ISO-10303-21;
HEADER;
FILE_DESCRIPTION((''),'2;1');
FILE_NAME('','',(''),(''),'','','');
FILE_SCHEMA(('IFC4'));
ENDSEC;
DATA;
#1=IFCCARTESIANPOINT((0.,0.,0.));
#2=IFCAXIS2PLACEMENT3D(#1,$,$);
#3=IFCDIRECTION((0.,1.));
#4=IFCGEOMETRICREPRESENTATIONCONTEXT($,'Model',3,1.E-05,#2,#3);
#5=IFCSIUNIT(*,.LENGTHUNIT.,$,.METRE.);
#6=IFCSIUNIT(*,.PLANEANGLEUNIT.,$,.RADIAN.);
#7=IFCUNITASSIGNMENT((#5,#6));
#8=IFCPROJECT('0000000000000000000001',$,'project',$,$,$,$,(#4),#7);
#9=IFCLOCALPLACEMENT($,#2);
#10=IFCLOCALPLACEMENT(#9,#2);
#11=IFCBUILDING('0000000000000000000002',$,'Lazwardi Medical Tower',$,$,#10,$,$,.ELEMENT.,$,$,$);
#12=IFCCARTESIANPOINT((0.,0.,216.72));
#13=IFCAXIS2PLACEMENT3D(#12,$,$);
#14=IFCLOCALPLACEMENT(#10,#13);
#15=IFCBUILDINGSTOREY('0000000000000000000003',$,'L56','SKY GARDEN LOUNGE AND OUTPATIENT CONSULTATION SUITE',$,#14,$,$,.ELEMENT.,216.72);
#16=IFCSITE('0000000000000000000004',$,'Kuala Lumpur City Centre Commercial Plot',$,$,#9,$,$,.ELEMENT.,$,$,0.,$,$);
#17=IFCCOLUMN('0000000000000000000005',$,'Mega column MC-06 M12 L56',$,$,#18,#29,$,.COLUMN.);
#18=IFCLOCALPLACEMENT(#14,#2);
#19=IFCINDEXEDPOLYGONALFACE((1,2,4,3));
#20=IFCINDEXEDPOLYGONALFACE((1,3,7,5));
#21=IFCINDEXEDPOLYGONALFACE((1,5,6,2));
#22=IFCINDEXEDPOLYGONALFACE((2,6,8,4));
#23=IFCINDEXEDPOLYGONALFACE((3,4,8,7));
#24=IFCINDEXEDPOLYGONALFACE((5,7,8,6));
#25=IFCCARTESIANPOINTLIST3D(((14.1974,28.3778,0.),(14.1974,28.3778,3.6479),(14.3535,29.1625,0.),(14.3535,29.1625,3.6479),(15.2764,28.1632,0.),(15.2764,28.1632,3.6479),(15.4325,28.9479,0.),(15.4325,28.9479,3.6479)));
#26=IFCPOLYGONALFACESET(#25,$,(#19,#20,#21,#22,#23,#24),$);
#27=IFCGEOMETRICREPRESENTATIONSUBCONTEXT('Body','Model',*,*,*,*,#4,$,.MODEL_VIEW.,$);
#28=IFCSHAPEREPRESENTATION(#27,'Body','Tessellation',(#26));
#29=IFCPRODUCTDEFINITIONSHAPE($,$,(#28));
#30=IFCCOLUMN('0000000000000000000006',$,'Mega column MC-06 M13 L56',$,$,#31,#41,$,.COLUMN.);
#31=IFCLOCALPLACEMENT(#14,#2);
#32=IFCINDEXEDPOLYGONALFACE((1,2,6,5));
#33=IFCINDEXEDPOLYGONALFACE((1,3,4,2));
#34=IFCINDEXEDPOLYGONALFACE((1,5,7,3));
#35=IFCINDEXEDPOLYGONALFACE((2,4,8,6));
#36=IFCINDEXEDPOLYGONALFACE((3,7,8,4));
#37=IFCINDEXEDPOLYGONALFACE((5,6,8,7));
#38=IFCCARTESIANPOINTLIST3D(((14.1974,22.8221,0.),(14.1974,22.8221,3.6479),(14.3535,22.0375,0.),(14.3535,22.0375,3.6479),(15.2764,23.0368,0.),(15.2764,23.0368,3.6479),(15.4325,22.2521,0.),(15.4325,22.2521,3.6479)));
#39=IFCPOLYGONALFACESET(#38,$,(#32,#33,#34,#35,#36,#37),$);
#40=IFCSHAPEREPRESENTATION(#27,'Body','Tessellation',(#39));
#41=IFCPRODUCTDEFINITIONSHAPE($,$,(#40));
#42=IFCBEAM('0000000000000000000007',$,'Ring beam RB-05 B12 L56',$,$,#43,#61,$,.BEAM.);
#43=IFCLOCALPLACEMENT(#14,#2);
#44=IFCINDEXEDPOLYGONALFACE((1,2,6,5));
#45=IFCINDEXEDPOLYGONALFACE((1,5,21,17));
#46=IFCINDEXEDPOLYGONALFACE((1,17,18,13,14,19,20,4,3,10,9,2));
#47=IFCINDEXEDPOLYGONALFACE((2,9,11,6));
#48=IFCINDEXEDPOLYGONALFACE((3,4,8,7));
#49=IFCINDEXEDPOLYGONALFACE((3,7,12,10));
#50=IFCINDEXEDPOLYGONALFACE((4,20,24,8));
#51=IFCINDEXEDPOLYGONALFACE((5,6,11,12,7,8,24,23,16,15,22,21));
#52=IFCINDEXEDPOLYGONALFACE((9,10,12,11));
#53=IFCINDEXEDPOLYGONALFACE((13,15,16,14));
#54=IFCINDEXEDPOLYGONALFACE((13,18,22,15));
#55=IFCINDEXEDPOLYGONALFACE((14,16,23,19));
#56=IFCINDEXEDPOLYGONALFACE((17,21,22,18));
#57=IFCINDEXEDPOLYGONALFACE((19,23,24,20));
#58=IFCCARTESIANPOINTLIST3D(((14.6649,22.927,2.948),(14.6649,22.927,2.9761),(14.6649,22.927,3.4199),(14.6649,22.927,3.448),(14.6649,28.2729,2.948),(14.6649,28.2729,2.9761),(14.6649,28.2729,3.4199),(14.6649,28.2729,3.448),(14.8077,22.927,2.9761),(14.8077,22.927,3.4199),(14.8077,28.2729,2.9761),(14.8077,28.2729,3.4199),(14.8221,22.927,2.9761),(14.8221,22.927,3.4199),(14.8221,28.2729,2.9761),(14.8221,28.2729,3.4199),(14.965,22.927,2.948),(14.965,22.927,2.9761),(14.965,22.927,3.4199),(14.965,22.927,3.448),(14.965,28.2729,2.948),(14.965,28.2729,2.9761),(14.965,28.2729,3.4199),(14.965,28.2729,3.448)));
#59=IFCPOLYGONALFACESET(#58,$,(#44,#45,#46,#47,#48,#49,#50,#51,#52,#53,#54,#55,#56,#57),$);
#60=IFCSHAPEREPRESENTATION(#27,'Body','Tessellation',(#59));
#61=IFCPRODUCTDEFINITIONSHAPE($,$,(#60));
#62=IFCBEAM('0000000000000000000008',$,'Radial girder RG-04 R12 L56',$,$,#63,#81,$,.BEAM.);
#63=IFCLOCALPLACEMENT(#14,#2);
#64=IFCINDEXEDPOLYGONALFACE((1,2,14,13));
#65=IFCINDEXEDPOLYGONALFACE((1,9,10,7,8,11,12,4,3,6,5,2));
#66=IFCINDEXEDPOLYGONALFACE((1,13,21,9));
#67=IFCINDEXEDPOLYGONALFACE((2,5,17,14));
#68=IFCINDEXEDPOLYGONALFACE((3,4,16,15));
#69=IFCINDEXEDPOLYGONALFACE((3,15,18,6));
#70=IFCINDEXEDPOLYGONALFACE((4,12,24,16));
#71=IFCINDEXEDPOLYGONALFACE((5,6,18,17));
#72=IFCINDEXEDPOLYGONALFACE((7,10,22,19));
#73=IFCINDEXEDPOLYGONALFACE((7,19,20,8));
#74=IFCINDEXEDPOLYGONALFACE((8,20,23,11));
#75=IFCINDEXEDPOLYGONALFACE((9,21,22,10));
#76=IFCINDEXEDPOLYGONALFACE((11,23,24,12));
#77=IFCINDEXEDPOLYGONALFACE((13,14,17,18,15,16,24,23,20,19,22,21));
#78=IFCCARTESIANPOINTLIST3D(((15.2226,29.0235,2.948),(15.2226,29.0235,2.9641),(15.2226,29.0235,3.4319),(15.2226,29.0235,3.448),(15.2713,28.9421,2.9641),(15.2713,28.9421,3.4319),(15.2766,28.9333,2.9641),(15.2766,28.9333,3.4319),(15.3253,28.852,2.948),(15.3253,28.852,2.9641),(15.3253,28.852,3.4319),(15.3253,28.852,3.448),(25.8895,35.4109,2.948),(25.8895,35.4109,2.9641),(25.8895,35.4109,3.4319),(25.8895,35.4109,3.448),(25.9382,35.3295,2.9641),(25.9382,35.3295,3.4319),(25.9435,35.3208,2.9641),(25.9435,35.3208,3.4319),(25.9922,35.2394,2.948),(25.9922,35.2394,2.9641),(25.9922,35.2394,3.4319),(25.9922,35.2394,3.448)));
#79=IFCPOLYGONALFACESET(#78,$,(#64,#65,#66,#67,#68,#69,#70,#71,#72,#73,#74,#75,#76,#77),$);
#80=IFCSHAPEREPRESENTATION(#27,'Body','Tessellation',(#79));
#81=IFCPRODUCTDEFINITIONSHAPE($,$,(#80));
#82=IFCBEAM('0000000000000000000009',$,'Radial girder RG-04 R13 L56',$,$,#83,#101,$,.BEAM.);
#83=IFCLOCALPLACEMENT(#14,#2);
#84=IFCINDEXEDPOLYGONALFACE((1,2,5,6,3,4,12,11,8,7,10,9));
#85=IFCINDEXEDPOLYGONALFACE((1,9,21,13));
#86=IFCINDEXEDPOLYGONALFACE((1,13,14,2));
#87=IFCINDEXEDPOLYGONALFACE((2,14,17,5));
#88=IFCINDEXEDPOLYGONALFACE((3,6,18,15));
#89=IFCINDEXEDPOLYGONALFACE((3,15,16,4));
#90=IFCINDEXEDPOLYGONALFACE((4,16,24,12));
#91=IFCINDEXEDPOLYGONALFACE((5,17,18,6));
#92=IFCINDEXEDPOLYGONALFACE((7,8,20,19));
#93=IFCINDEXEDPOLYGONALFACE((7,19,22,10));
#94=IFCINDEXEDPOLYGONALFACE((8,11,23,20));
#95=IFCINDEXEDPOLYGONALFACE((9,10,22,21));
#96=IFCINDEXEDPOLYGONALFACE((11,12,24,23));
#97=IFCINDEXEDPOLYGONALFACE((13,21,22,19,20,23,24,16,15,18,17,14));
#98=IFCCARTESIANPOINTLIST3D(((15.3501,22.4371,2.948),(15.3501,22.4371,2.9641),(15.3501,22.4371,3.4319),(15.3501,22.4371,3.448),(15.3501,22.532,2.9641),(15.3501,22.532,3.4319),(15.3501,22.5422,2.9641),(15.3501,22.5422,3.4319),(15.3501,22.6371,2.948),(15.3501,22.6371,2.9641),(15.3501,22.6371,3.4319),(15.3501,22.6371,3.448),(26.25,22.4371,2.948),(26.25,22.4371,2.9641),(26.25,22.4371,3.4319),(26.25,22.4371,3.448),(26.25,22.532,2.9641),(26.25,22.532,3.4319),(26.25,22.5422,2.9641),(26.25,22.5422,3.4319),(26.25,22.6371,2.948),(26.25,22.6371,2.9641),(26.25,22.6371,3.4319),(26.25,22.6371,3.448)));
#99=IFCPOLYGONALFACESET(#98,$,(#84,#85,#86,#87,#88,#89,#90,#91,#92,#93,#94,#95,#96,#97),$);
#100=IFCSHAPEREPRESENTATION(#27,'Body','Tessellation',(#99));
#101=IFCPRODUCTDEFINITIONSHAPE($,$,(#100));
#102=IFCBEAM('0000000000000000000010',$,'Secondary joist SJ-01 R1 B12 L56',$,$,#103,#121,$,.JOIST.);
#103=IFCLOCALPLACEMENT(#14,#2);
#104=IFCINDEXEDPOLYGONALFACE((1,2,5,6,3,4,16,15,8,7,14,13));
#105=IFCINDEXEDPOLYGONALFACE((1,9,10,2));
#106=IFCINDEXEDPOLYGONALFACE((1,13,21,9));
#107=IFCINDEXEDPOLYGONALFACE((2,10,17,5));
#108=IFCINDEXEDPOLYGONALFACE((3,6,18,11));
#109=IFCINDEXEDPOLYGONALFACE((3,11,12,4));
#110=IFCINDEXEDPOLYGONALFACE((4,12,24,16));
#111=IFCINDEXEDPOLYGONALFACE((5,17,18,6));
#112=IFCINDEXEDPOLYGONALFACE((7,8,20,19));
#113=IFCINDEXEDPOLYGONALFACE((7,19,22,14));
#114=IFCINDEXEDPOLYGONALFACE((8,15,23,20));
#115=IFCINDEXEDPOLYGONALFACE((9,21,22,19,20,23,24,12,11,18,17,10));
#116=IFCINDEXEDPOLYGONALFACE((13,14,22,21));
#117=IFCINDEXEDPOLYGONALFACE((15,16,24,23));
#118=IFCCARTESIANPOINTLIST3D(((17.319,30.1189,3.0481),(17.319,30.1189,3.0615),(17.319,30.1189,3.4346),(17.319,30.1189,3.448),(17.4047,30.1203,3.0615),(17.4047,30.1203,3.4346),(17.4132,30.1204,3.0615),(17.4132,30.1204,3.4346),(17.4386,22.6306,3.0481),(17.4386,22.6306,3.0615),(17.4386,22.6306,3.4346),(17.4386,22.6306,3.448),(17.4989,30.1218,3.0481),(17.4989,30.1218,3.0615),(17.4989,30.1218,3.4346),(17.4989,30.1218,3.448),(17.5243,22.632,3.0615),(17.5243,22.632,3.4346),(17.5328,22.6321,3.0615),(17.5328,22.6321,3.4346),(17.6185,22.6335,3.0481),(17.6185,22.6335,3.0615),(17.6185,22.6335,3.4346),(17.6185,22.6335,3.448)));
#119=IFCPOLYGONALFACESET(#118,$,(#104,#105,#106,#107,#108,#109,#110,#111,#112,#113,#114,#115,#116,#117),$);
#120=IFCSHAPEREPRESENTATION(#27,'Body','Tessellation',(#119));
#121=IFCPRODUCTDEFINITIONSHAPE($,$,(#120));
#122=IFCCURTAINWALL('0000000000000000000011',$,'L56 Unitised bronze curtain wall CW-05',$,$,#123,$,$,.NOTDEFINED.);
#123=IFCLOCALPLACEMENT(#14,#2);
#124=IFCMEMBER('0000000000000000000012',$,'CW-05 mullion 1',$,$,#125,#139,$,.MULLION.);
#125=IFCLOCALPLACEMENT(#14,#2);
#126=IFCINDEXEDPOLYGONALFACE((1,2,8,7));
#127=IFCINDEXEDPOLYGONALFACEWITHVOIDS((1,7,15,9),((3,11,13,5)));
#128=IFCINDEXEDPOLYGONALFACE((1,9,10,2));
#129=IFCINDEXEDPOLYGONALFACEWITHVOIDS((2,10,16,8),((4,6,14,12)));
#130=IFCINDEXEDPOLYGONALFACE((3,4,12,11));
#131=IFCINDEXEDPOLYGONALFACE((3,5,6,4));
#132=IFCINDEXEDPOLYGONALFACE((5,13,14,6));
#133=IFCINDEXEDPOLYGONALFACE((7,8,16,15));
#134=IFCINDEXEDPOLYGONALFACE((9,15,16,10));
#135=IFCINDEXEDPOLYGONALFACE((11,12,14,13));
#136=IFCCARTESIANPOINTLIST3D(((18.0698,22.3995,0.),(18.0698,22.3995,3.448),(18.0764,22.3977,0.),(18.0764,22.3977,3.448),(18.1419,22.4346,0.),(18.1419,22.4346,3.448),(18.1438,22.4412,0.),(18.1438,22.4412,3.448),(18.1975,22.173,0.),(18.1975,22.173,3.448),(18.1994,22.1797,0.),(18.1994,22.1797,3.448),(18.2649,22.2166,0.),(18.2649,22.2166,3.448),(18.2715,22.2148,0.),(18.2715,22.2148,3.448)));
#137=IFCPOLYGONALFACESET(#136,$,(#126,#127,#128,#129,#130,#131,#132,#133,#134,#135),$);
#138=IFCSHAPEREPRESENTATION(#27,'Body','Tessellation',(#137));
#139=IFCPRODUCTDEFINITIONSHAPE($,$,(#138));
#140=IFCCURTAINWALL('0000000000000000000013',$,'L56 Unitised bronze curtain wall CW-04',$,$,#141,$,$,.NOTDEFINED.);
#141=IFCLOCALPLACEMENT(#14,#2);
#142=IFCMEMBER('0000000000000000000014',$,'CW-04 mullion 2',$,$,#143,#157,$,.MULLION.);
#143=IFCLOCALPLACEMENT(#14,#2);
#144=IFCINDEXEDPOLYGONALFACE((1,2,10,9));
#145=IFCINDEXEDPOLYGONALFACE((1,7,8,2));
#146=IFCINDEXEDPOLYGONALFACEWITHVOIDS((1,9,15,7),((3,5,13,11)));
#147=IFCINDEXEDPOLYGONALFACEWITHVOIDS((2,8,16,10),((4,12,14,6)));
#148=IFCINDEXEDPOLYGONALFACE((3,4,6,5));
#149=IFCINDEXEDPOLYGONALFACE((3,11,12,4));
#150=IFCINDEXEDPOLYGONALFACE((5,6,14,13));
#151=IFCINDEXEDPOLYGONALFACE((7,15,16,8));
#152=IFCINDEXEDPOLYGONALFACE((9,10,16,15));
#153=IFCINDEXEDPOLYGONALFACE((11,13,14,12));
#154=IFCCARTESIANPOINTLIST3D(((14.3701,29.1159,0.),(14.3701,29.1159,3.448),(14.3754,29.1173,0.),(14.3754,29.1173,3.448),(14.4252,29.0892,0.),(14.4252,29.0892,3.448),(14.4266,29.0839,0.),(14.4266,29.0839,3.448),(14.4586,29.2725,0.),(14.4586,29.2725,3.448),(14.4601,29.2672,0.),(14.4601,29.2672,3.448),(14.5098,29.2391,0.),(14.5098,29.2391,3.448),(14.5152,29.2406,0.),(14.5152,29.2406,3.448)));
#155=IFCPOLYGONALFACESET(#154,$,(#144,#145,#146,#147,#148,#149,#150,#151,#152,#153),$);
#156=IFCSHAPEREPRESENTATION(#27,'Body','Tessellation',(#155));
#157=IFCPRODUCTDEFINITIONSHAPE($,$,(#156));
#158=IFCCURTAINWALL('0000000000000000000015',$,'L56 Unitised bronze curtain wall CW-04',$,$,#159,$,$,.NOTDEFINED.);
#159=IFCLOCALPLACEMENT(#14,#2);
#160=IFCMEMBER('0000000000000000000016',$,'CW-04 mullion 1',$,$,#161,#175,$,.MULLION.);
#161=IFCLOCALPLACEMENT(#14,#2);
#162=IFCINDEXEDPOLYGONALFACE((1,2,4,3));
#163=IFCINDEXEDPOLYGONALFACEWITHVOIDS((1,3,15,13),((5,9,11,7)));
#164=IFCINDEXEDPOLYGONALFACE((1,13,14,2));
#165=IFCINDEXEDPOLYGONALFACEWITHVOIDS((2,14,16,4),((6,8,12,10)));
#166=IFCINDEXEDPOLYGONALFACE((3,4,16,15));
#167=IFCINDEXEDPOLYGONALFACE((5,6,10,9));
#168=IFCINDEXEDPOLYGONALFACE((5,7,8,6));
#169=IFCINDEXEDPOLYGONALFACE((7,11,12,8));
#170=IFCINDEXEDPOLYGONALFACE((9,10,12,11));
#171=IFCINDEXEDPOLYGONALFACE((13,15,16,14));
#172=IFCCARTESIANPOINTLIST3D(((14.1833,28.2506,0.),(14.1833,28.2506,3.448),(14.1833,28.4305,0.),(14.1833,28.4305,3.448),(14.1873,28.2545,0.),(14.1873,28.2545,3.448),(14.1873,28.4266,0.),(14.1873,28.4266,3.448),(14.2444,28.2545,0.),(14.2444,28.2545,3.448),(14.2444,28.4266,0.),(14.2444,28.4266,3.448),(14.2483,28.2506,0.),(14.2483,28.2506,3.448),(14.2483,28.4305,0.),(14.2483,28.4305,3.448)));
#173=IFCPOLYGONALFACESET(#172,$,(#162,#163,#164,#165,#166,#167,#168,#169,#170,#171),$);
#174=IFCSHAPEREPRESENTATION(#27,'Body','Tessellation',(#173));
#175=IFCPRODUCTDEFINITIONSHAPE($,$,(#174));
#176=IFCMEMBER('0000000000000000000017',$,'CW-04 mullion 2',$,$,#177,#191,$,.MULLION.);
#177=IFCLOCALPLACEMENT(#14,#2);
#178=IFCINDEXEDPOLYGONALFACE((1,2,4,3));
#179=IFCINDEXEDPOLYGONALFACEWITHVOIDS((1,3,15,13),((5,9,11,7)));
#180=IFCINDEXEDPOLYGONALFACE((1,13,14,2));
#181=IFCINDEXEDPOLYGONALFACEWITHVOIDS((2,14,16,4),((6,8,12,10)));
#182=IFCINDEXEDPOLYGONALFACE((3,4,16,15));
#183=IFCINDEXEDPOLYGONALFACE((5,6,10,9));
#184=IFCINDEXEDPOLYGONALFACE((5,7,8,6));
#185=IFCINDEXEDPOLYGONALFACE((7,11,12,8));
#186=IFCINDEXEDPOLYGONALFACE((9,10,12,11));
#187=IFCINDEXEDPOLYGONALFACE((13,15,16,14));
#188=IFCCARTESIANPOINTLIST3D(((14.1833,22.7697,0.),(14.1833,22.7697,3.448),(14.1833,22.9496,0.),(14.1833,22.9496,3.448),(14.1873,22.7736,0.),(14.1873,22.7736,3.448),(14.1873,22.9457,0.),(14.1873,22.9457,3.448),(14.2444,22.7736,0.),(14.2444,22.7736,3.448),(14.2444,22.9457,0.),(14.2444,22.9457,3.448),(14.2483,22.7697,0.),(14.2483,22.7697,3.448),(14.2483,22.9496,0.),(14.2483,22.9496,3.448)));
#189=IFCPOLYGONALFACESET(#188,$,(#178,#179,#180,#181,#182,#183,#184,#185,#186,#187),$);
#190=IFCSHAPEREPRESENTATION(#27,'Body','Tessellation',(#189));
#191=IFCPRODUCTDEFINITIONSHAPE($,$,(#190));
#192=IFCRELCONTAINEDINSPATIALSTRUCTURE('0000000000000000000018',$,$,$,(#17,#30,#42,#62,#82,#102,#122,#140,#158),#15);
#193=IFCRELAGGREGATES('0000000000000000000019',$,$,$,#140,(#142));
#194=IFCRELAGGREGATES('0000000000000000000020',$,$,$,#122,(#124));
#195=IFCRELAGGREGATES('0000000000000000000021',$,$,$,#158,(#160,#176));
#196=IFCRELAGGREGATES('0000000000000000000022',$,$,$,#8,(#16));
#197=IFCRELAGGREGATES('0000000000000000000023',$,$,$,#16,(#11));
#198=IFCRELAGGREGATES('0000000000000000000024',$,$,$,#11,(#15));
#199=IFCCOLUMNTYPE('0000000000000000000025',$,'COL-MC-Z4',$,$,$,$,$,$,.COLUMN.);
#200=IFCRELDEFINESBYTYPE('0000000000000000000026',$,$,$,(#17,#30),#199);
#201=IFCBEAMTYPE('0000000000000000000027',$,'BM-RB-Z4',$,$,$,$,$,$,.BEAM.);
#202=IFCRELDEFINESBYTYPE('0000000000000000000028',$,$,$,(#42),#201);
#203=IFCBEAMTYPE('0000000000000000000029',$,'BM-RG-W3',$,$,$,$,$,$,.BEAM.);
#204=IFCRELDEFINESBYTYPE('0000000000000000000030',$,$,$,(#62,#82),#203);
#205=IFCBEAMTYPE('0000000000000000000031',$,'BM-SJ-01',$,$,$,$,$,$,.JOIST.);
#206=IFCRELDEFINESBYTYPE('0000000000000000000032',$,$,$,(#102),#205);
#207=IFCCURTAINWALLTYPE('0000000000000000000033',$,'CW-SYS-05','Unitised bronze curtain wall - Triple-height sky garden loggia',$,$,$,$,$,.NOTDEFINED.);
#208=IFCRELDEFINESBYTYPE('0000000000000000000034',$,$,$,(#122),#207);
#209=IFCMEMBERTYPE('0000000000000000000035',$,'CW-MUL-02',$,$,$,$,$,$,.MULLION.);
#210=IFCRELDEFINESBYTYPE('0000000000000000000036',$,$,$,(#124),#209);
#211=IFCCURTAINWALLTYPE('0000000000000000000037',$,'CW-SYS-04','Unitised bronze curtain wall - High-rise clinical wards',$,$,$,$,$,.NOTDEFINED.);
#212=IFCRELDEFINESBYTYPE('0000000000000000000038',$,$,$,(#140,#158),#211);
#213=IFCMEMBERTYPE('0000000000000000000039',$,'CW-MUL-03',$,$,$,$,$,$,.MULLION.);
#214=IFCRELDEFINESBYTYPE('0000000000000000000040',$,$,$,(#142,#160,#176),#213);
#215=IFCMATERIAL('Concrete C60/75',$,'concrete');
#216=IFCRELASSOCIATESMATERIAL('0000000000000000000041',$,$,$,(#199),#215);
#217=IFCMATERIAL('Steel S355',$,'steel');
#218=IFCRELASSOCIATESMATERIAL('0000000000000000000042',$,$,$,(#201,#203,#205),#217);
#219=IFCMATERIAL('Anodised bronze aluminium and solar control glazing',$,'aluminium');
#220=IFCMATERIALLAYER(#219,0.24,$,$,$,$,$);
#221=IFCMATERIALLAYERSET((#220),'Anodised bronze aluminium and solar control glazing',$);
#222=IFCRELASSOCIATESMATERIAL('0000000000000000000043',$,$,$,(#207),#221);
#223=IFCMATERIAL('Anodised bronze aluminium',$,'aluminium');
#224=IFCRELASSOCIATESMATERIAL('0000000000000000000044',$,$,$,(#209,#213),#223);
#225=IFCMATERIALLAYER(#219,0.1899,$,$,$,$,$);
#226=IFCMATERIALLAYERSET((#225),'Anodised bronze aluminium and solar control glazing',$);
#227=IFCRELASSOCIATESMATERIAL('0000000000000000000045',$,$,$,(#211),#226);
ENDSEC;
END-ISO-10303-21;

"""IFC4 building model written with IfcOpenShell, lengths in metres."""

from ifc_helpers import new_model, si_unit, direction, frame, origin, origin_2d, place, context, subcontext, project, spatial, rectangle, hollow_rectangle, i_section, extrude, material, layer, layer_set, material_profile, profile_set, type_object, element, aggregate, save


model = new_model("IFC4")

# Units and contexts
model_context = context("Model", 3, precision=1e-05, world=origin(), true_north=direction((0.0, 1.0)))
body_context = subcontext(model_context, "Body", "Model", "MODEL_VIEW")
ifc_project = project(units=[si_unit("LENGTHUNIT", "METRE"), si_unit("PLANEANGLEUNIT", "RADIAN")], contexts=[model_context])

# Site, building, storey
site_placement = place(None, origin())
site = spatial("IfcSite", under=ifc_project, at=site_placement, Name="Kuala Lumpur City Centre Commercial Plot", CompositionType="ELEMENT", RefElevation=0.0)
building_placement = place(site_placement, origin())
building = spatial("IfcBuilding", under=site, at=building_placement, Name="Lazwardi Medical Tower", CompositionType="ELEMENT")
storey_placement = place(building_placement, frame((0.0, 0.0, 216.72)))
storey = spatial("IfcBuildingStorey", under=building, at=storey_placement, Name="L56", Description="SKY GARDEN LOUNGE AND OUTPATIENT CONSULTATION SUITE", CompositionType="ELEMENT", Elevation=216.72)

# Columns
ifc_material_1 = material(Name="Concrete C60/75", Category="concrete")
ifc_material_profile_1 = material_profile(ifc_material_1, rectangle(XDim=1.1001, YDim=0.8, at=origin_2d()), Name="CFT-RECT 1100x800")
ifc_profile_set_1 = profile_set([ifc_material_profile_1], Name="Concrete C60/75")
column_type = type_object("IfcColumnType", Name="COL-MC-Z4", PredefinedType="COLUMN", material=ifc_profile_set_1)
for number, where, z_axis, x_axis, name in (
    (1, (14.8149, 28.6628, 0.0), (0.0, 0.0, 1.0), (-0.980785, 0.19509, 0.0), "Mega column MC-06 M12 L56"),
    (2, (14.8149, 22.5371, 0.0), (0.0, 0.0, 1.0), (-0.980785, -0.19509, 0.0), "Mega column MC-06 M13 L56"),
):
    element("IfcColumn", number, at=place(storey_placement, frame(where, z_axis=z_axis, x_axis=x_axis)), inside=storey, type_object=column_type, Name=name, PredefinedType="COLUMN", context=body_context, shape_type="SweptSolid", body=[
        extrude(rectangle(XDim=1.1001, YDim=0.8, at=origin_2d()), origin(), (0.0, 0.0, 1.0), 3.6479),
    ])

# Beams
ifc_material_2 = material(Name="Steel S355", Category="steel")
ifc_material_profile_2 = material_profile(ifc_material_2, i_section(OverallWidth=0.3, OverallDepth=0.5, WebThickness=0.0144, FlangeThickness=0.0281, at=origin_2d()), Name="HEB 500")
ifc_profile_set_2 = profile_set([ifc_material_profile_2], Name="Steel S355")
beam_type_1 = type_object("IfcBeamType", Name="BM-RB-Z4", PredefinedType="BEAM", material=ifc_profile_set_2)
beam_1_placement = place(storey_placement, frame((14.8149, 28.2729, 3.198), z_axis=(0.0, -1.0, 0.0), x_axis=(1.0, 0.0, 0.0)))
element("IfcBeam", 3, at=beam_1_placement, inside=storey, type_object=beam_type_1, Name="Ring beam RB-05 B12 L56", PredefinedType="BEAM", context=body_context, shape_type="SweptSolid", body=[
    extrude(i_section(OverallWidth=0.3, OverallDepth=0.5, WebThickness=0.0144, FlangeThickness=0.0281, at=origin_2d()), origin(), (0.0, 0.0, 1.0), 5.3459),
])
ifc_material_profile_3 = material_profile(ifc_material_2, i_section(OverallWidth=0.2, OverallDepth=0.5, WebThickness=0.0103, FlangeThickness=0.0161, at=origin_2d()), Name="IPE 500")
ifc_profile_set_3 = profile_set([ifc_material_profile_3], Name="Steel S355")
beam_type_2 = type_object("IfcBeamType", Name="BM-RG-W3", PredefinedType="BEAM", material=ifc_profile_set_3)
beam_2_placement = place(storey_placement, frame((15.2739, 28.9377, 3.198), z_axis=(0.857945, 0.513742, 0.0), x_axis=(-0.513742, 0.857945, 0.0)))
element("IfcBeam", 4, at=beam_2_placement, inside=storey, type_object=beam_type_2, Name="Radial girder RG-04 R12 L56", PredefinedType="BEAM", context=body_context, shape_type="SweptSolid", body=[
    extrude(i_section(OverallWidth=0.2, OverallDepth=0.5, WebThickness=0.0103, FlangeThickness=0.0161, at=origin_2d()), origin(), (0.0, 0.0, 1.0), 12.4331),
])
beam_3_placement = place(storey_placement, frame((15.3501, 22.5371, 3.198), z_axis=(1.0, 0.0, 0.0), x_axis=(0.0, 1.0, 0.0)))
element("IfcBeam", 5, at=beam_3_placement, inside=storey, type_object=beam_type_2, Name="Radial girder RG-04 R13 L56", PredefinedType="BEAM", context=body_context, shape_type="SweptSolid", body=[
    extrude(i_section(OverallWidth=0.2, OverallDepth=0.5, WebThickness=0.0103, FlangeThickness=0.0161, at=origin_2d()), origin(), (0.0, 0.0, 1.0), 10.8999),
])
ifc_material_profile_4 = material_profile(ifc_material_2, i_section(OverallWidth=0.1799, OverallDepth=0.3999, WebThickness=0.0085, FlangeThickness=0.0134, at=origin_2d()), Name="IPE 400")
ifc_profile_set_4 = profile_set([ifc_material_profile_4], Name="Steel S355")
beam_type_3 = type_object("IfcBeamType", Name="BM-SJ-01", PredefinedType="JOIST", material=ifc_profile_set_4)
beam_4_placement = place(storey_placement, frame((17.4089, 30.1204, 3.248), z_axis=(0.015973, -0.999872, 0.0), x_axis=(0.999872, 0.015973, 0.0)))
element("IfcBeam", 6, at=beam_4_placement, inside=storey, type_object=beam_type_3, Name="Secondary joist SJ-01 R1 B12 L56", PredefinedType="JOIST", context=body_context, shape_type="SweptSolid", body=[
    extrude(i_section(OverallWidth=0.1799, OverallDepth=0.3999, WebThickness=0.0085, FlangeThickness=0.0134, at=origin_2d()), origin(), (0.0, 0.0, 1.0), 7.4893),
])

# Curtain walls, members
ifc_material_3 = material(Name="Anodised bronze aluminium and solar control glazing", Category="aluminium")
ifc_layer_1 = layer(ifc_material_3, 0.24)
ifc_layer_set_1 = layer_set([ifc_layer_1], Name="Anodised bronze aluminium and solar control glazing")
curtain_wall_type_1 = type_object("IfcCurtainWallType", Name="CW-SYS-05", Description="Unitised bronze curtain wall - Triple-height sky garden loggia", PredefinedType="NOTDEFINED", material=ifc_layer_set_1)
curtain_wall_1_placement = place(storey_placement, origin())
curtain_wall_1 = element("IfcCurtainWall", 7, at=curtain_wall_1_placement, inside=storey, type_object=curtain_wall_type_1, Name="L56 Unitised bronze curtain wall CW-05", PredefinedType="NOTDEFINED")
ifc_material_4 = material(Name="Anodised bronze aluminium", Category="aluminium")
ifc_material_profile_5 = material_profile(ifc_material_4, hollow_rectangle(XDim=0.085, YDim=0.26, WallThickness=0.0049, at=origin_2d()), Name="ALU-MULLION 260x85x5")
ifc_profile_set_5 = profile_set([ifc_material_profile_5], Name="Anodised bronze aluminium")
member_type_1 = type_object("IfcMemberType", Name="CW-MUL-02", PredefinedType="MULLION", material=ifc_profile_set_5)
member_1_placement = place(storey_placement, frame((18.1707, 22.3071, 0.0), z_axis=(0.0, 0.0, 1.0), x_axis=(0.871061, 0.491176, 0.0)))
member_1 = element("IfcMember", 8, at=member_1_placement, type_object=member_type_1, Name="CW-05 mullion 1", PredefinedType="MULLION", context=body_context, shape_type="SweptSolid", body=[
    extrude(hollow_rectangle(XDim=0.085, YDim=0.26, WallThickness=0.0049, at=origin_2d()), origin(), (0.0, 0.0, 1.0), 3.448),
])
ifc_layer_2 = layer(ifc_material_3, 0.1899)
ifc_layer_set_2 = layer_set([ifc_layer_2], Name="Anodised bronze aluminium and solar control glazing")
curtain_wall_type_2 = type_object("IfcCurtainWallType", Name="CW-SYS-04", Description="Unitised bronze curtain wall - High-rise clinical wards", PredefinedType="NOTDEFINED", material=ifc_layer_set_2)
curtain_wall_2_placement = place(storey_placement, origin())
curtain_wall_2 = element("IfcCurtainWall", 9, at=curtain_wall_2_placement, inside=storey, type_object=curtain_wall_type_2, Name="L56 Unitised bronze curtain wall CW-04", PredefinedType="NOTDEFINED")
ifc_material_profile_6 = material_profile(ifc_material_4, hollow_rectangle(XDim=0.0649, YDim=0.1799, WallThickness=0.0039, at=origin_2d()), Name="ALU-MULLION 180x65x4")
ifc_profile_set_6 = profile_set([ifc_material_profile_6], Name="Anodised bronze aluminium")
member_type_2 = type_object("IfcMemberType", Name="CW-MUL-03", PredefinedType="MULLION", material=ifc_profile_set_6)
member_2_placement = place(storey_placement, frame((14.4426, 29.1782, 0.0), z_axis=(0.0, 0.0, 1.0), x_axis=(0.870651, -0.4919, 0.0)))
member_2 = element("IfcMember", 10, at=member_2_placement, type_object=member_type_2, Name="CW-04 mullion 2", PredefinedType="MULLION", context=body_context, shape_type="SweptSolid", body=[
    extrude(hollow_rectangle(XDim=0.0649, YDim=0.1799, WallThickness=0.0039, at=origin_2d()), origin(), (0.0, 0.0, 1.0), 3.448),
])
aggregate(curtain_wall_2, [member_2])

# Curtain wall, members
curtain_wall_3_placement = place(storey_placement, origin())
curtain_wall_3 = element("IfcCurtainWall", 11, at=curtain_wall_3_placement, inside=storey, type_object=curtain_wall_type_2, Name="L56 Unitised bronze curtain wall CW-04", PredefinedType="NOTDEFINED")
member_3_placement = place(storey_placement, frame((14.2158, 28.3406, 0.0), z_axis=(0.0, 0.0, 1.0), x_axis=(1.0, 0.0, 0.0)))
member_3 = element("IfcMember", 12, at=member_3_placement, type_object=member_type_2, Name="CW-04 mullion 1", PredefinedType="MULLION", context=body_context, shape_type="SweptSolid", body=[
    extrude(hollow_rectangle(XDim=0.0649, YDim=0.1799, WallThickness=0.0039, at=origin_2d()), origin(), (0.0, 0.0, 1.0), 3.448),
])
member_4_placement = place(storey_placement, frame((14.2158, 22.8596, 0.0), z_axis=(0.0, 0.0, 1.0), x_axis=(1.0, 0.0, 0.0)))
member_4 = element("IfcMember", 13, at=member_4_placement, type_object=member_type_2, Name="CW-04 mullion 2", PredefinedType="MULLION", context=body_context, shape_type="SweptSolid", body=[
    extrude(hollow_rectangle(XDim=0.0649, YDim=0.1799, WallThickness=0.0039, at=origin_2d()), origin(), (0.0, 0.0, 1.0), 3.448),
])

aggregate(curtain_wall_1, [member_1])

aggregate(curtain_wall_3, [member_3, member_4])

save(model, "model.ifc")
